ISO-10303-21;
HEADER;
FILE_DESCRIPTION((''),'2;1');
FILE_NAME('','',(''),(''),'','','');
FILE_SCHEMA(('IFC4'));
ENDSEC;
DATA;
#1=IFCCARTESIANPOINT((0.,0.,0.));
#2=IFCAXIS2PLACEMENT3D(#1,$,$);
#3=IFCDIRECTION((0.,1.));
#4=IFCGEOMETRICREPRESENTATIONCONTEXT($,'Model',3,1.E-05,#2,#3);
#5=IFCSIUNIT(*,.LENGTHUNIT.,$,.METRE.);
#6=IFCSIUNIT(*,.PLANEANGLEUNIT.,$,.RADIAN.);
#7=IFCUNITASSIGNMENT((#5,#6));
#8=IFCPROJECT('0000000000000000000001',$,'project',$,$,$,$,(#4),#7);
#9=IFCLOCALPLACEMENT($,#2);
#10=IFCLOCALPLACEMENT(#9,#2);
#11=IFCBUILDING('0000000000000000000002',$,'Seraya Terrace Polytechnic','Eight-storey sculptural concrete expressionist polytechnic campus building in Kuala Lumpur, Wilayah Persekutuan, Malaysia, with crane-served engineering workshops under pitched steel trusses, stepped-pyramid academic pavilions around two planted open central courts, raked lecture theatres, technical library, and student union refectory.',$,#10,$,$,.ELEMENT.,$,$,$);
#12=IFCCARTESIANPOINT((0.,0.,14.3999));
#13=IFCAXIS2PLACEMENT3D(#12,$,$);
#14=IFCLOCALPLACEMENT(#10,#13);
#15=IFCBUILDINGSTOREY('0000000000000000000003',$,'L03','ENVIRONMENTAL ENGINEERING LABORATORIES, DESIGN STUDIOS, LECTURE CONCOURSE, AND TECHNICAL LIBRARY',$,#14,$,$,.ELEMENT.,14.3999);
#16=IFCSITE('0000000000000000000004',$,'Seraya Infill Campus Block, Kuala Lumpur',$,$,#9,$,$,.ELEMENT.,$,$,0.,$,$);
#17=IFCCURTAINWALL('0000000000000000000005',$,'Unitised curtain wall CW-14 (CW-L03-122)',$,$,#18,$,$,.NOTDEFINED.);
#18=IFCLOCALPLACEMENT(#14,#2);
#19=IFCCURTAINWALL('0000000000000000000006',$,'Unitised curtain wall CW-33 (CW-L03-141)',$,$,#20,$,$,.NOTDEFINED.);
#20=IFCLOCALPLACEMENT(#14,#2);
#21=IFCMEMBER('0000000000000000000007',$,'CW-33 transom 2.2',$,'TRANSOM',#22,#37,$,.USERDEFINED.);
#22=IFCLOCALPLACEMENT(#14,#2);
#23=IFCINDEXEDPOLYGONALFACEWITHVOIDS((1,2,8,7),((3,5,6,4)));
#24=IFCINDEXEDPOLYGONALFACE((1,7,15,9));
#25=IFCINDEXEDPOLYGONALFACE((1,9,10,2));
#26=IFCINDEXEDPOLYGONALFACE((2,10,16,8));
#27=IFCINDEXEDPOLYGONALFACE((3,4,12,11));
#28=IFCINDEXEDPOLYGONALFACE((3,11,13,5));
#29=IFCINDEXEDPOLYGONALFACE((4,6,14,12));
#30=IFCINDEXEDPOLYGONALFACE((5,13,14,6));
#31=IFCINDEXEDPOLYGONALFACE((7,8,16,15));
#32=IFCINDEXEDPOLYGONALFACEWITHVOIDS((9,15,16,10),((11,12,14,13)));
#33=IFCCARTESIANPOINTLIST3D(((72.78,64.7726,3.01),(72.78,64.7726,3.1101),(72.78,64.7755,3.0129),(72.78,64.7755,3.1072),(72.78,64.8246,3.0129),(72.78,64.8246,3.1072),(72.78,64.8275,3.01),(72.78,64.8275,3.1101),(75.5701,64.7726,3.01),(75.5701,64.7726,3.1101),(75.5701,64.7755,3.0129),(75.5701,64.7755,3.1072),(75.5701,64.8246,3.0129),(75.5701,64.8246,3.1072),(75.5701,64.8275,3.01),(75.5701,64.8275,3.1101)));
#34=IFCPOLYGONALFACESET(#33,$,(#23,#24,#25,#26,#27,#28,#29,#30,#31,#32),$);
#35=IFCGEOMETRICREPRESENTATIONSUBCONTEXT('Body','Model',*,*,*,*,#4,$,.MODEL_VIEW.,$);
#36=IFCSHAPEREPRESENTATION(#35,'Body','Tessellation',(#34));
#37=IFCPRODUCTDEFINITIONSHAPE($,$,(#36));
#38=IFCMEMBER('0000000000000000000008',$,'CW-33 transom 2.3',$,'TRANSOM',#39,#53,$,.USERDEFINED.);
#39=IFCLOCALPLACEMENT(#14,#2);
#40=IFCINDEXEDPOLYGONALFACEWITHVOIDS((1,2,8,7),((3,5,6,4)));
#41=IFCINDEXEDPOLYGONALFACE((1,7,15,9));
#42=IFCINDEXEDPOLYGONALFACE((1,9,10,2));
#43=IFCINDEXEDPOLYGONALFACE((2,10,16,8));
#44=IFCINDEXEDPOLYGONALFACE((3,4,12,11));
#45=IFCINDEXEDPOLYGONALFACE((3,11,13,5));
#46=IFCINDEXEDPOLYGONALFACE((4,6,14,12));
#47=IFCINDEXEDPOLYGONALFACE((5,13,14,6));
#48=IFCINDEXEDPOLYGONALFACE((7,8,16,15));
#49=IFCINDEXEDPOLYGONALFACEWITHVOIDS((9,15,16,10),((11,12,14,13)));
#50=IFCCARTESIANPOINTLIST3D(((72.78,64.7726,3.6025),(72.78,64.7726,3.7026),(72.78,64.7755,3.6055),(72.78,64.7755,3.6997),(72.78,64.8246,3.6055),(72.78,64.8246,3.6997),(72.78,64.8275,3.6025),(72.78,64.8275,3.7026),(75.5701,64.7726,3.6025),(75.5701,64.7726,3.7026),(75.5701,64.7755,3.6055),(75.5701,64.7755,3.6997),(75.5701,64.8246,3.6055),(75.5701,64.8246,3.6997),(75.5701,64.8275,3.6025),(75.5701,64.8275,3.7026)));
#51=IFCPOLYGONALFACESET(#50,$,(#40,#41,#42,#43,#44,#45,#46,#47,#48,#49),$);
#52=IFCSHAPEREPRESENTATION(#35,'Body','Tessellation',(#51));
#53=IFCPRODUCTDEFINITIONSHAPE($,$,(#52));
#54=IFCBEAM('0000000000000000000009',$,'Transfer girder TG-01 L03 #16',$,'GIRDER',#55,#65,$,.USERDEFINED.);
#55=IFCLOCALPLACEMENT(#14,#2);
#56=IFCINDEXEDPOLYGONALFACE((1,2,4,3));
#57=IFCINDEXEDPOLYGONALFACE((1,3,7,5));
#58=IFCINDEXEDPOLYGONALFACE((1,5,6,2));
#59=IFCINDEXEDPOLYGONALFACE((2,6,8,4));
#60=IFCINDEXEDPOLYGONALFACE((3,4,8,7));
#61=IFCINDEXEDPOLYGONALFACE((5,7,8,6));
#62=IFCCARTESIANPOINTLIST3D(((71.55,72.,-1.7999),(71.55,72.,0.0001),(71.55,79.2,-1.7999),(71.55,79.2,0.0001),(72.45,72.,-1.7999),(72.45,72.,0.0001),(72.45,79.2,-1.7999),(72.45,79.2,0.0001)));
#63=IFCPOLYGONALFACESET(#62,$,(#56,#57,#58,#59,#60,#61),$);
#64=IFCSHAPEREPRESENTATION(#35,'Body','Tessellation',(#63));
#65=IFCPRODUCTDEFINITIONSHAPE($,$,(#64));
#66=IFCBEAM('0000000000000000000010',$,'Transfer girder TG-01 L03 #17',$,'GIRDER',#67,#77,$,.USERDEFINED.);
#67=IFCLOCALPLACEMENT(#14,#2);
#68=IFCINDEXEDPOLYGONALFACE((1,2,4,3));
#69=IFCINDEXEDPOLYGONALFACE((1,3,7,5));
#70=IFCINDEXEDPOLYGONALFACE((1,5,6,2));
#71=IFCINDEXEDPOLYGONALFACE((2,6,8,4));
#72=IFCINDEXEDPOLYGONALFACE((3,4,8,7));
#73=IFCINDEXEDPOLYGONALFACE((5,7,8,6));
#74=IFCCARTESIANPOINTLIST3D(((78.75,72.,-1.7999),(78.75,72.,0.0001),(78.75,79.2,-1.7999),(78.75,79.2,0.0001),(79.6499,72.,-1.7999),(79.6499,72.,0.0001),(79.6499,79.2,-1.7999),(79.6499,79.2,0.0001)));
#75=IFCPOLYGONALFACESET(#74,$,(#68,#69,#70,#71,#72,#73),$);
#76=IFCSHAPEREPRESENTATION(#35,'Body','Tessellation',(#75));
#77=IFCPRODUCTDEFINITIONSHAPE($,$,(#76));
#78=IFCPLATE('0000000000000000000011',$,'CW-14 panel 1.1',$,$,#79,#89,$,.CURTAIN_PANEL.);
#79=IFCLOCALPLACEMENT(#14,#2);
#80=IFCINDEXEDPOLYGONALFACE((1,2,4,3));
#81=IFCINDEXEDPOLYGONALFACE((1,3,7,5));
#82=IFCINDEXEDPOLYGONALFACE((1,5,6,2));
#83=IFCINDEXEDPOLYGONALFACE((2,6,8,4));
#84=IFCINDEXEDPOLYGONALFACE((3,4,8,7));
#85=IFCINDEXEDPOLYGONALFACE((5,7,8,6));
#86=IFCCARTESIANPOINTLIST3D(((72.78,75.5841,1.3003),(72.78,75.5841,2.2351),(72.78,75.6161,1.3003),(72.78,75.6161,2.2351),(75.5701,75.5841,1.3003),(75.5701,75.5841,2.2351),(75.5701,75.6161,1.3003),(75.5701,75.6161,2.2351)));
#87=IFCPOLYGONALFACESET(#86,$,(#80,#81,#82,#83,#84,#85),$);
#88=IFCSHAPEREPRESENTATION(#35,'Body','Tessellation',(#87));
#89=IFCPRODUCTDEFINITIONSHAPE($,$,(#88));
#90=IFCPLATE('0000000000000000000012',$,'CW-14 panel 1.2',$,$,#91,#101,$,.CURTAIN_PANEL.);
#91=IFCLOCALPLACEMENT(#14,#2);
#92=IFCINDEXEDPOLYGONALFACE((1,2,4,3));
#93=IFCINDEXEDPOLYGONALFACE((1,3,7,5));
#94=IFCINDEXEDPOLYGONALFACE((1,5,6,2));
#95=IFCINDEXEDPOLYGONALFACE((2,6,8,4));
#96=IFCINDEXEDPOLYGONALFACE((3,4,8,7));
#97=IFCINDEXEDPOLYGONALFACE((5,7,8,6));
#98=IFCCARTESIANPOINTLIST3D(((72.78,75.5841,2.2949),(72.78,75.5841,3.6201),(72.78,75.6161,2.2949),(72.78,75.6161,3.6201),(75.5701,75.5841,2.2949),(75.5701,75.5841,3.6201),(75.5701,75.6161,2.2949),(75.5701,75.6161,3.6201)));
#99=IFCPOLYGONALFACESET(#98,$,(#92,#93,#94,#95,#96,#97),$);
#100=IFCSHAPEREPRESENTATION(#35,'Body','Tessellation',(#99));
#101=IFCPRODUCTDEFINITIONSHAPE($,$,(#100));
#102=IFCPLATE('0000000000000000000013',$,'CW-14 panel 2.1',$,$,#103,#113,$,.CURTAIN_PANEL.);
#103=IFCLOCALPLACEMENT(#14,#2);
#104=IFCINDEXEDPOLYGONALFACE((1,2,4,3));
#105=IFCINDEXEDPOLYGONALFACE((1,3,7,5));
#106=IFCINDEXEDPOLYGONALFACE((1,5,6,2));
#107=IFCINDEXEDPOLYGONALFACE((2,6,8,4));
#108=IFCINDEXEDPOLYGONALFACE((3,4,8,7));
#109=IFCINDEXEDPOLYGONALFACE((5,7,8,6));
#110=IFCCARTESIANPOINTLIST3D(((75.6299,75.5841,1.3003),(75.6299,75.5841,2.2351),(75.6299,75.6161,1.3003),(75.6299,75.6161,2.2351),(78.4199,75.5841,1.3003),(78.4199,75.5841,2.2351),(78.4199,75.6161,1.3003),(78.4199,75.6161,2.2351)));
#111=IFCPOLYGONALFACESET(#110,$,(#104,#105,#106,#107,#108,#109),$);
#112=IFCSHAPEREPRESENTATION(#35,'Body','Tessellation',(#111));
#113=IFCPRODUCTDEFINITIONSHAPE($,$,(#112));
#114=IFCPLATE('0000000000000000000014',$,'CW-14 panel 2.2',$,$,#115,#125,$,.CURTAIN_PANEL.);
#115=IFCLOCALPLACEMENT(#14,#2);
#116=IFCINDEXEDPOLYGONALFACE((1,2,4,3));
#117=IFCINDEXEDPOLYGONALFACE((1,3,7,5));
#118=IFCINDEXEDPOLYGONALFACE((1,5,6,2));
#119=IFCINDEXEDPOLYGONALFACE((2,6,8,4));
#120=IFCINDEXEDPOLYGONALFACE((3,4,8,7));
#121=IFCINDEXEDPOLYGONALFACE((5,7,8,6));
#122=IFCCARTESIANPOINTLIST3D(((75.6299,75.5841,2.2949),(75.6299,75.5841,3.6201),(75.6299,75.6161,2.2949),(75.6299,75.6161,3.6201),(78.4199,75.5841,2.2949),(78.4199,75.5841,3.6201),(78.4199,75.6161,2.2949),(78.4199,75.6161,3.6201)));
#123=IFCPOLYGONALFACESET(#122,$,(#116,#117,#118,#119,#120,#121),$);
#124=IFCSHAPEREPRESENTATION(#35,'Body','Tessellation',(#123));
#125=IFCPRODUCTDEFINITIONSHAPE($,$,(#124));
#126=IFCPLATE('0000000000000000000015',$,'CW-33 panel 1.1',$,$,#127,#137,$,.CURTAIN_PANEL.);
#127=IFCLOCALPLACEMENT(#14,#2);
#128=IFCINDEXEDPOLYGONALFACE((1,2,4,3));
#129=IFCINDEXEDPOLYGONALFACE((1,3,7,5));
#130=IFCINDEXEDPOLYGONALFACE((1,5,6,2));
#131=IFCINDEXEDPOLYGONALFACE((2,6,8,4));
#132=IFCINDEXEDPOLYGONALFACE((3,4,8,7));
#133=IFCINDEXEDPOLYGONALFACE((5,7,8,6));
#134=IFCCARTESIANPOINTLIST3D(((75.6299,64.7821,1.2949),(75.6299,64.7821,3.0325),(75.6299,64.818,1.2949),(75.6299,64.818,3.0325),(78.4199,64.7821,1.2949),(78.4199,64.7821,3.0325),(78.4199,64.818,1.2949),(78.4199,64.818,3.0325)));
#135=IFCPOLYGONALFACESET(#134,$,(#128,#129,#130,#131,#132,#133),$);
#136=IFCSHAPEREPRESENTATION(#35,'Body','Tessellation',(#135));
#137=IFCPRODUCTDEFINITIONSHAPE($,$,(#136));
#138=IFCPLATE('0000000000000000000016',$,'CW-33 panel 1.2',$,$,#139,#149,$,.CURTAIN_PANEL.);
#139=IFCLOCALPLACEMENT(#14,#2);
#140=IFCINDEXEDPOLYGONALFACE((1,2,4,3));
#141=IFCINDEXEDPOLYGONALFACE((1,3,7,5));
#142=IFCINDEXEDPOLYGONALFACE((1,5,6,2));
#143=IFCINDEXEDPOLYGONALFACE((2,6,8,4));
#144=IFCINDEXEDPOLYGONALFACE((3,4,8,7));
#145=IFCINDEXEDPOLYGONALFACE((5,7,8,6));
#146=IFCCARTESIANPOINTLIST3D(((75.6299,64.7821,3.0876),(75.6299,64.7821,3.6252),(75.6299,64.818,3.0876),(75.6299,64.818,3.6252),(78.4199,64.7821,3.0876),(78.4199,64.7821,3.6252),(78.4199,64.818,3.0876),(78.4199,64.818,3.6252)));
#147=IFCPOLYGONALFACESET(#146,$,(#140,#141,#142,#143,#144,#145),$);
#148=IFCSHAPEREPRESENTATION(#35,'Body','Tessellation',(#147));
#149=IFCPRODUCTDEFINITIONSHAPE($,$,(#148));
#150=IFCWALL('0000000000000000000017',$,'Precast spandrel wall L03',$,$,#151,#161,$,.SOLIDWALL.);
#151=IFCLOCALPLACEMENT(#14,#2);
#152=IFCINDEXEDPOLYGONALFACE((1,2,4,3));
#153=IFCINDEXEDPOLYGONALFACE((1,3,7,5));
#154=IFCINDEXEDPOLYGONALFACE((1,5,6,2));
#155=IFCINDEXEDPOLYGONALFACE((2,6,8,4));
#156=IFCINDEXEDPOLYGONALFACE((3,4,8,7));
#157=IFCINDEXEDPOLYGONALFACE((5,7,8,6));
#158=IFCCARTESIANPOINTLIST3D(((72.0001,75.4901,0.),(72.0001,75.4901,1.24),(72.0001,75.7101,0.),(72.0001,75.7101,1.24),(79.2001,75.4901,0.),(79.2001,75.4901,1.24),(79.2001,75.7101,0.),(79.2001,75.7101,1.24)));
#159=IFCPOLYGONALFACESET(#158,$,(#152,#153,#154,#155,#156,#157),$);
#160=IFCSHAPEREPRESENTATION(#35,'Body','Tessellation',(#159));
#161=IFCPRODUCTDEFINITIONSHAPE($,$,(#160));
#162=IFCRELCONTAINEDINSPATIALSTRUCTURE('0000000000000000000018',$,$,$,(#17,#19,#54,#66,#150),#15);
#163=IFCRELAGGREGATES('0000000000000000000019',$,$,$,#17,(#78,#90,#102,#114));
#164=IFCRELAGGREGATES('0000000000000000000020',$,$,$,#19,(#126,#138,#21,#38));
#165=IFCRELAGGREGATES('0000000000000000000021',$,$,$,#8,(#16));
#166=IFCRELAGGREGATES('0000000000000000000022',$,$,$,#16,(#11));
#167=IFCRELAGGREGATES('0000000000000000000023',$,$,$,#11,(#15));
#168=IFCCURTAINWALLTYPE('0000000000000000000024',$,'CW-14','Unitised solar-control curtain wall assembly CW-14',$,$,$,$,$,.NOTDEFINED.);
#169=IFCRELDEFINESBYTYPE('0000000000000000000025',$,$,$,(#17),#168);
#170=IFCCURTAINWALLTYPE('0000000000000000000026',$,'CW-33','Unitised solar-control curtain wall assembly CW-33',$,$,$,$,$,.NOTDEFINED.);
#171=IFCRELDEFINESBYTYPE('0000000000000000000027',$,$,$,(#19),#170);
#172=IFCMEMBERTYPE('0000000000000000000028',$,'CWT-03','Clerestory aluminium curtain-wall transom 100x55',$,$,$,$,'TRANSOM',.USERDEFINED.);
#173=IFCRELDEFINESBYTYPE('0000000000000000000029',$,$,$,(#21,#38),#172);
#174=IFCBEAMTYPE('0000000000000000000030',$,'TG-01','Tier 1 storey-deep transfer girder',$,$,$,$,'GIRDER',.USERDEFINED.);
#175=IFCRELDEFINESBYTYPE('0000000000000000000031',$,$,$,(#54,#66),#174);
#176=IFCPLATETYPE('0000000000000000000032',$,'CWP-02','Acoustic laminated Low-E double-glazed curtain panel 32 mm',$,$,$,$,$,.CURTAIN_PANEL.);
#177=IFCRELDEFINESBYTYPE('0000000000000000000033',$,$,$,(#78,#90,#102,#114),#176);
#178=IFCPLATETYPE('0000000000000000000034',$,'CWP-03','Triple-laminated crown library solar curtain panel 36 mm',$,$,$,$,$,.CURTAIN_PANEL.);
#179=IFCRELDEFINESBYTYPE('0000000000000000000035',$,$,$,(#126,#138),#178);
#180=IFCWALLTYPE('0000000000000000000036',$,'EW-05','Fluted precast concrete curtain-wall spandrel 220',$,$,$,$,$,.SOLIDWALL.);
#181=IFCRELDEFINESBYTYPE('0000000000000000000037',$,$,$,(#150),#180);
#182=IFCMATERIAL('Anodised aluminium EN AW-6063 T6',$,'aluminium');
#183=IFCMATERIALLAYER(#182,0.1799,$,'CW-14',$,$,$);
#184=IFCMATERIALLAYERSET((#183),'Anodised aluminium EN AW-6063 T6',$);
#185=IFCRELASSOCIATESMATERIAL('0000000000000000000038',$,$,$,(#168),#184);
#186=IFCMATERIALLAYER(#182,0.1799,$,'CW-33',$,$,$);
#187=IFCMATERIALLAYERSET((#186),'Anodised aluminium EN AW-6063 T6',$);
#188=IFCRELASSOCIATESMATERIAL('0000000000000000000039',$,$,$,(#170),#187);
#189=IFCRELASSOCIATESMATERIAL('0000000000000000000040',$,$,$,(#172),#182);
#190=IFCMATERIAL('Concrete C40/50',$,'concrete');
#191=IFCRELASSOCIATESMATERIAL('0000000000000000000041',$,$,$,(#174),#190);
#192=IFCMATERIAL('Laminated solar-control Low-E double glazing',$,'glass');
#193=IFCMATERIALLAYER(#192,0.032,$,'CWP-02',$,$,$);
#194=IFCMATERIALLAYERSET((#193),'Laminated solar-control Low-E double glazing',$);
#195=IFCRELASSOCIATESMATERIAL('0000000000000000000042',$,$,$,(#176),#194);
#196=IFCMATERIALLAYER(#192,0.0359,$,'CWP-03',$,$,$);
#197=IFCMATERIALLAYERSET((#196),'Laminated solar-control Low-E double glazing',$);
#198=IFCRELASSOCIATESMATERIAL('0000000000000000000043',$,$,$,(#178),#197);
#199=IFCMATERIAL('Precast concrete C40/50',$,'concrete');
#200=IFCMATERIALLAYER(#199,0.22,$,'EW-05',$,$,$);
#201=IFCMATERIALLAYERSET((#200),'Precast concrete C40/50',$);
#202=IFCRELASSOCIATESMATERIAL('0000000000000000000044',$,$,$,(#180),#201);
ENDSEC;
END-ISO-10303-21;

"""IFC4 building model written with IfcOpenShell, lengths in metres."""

from ifc_helpers import new_model, si_unit, direction, frame, frame_2d, origin, origin_2d, place, context, subcontext, project, spatial, rectangle, hollow_rectangle, extrude, material, layer, layer_set, material_profile, profile_set, type_object, element, aggregate, save


model = new_model("IFC4")

# Units and contexts
model_context = context("Model", 3, precision=1e-05, world=origin(), true_north=direction((0.0, 1.0)))
body_context = subcontext(model_context, "Body", "Model", "MODEL_VIEW")
ifc_project = project(units=[si_unit("LENGTHUNIT", "METRE"), si_unit("PLANEANGLEUNIT", "RADIAN")], contexts=[model_context])

# Site, building, storey
site_placement = place(None, origin())
site = spatial("IfcSite", under=ifc_project, at=site_placement, Name="Seraya Infill Campus Block, Kuala Lumpur", CompositionType="ELEMENT", RefElevation=0.0)
building_placement = place(site_placement, origin())
building = spatial("IfcBuilding", under=site, at=building_placement, Name="Seraya Terrace Polytechnic", Description="Eight-storey sculptural concrete expressionist polytechnic campus building in Kuala Lumpur, Wilayah Persekutuan, Malaysia, with crane-served engineering workshops under pitched steel trusses, stepped-pyramid academic pavilions around two planted open central courts, raked lecture theatres, technical library, and student union refectory.", CompositionType="ELEMENT")
storey_placement = place(building_placement, frame((0.0, 0.0, 14.3999)))
storey = spatial("IfcBuildingStorey", under=building, at=storey_placement, Name="L03", Description="ENVIRONMENTAL ENGINEERING LABORATORIES, DESIGN STUDIOS, LECTURE CONCOURSE, AND TECHNICAL LIBRARY", CompositionType="ELEMENT", Elevation=14.3999)

# Shared definitions
ifc_material_1 = material(Name="Concrete C40/50", Category="concrete")

# Shared definitions
ifc_material_2 = material(Name="Anodised aluminium EN AW-6063 T6", Category="aluminium")

# Curtain walls
ifc_layer_1 = layer(ifc_material_2, 0.1799, Name="CW-14")
ifc_layer_set_1 = layer_set([ifc_layer_1], Name="Anodised aluminium EN AW-6063 T6")
curtain_wall_type_1 = type_object("IfcCurtainWallType", Name="CW-14", Description="Unitised solar-control curtain wall assembly CW-14", PredefinedType="NOTDEFINED", material=ifc_layer_set_1)
curtain_wall_1_placement = place(storey_placement, origin())
curtain_wall_1 = element("IfcCurtainWall", 1, at=curtain_wall_1_placement, inside=storey, type_object=curtain_wall_type_1, Name="Unitised curtain wall CW-14 (CW-L03-122)", PredefinedType="NOTDEFINED")
ifc_layer_2 = layer(ifc_material_2, 0.1799, Name="CW-33")
ifc_layer_set_2 = layer_set([ifc_layer_2], Name="Anodised aluminium EN AW-6063 T6")
curtain_wall_type_2 = type_object("IfcCurtainWallType", Name="CW-33", Description="Unitised solar-control curtain wall assembly CW-33", PredefinedType="NOTDEFINED", material=ifc_layer_set_2)
curtain_wall_2_placement = place(storey_placement, origin())
curtain_wall_2 = element("IfcCurtainWall", 2, at=curtain_wall_2_placement, inside=storey, type_object=curtain_wall_type_2, Name="Unitised curtain wall CW-33 (CW-L03-141)", PredefinedType="NOTDEFINED")

# Members
ifc_material_profile_1 = material_profile(ifc_material_2, hollow_rectangle(XDim=0.0549, YDim=0.1001, WallThickness=0.0029, at=origin_2d()), Name="RHS 100x55x3.0")
ifc_profile_set_1 = profile_set([ifc_material_profile_1], Name="Anodised aluminium EN AW-6063 T6")
member_type_1 = type_object("IfcMemberType", Name="CWT-03", Description="Clerestory aluminium curtain-wall transom 100x55", ElementType="TRANSOM", PredefinedType="USERDEFINED", material=ifc_profile_set_1)
member_1_placement = place(storey_placement, frame((75.5701, 64.8, 3.0601), z_axis=(-1.0, 0.0, 0.0), x_axis=(0.0, -1.0, 0.0)))
member_1 = element("IfcMember", 3, at=member_1_placement, type_object=member_type_1, Name="CW-33 transom 2.2", ObjectType="TRANSOM", PredefinedType="USERDEFINED", context=body_context, shape_type="SweptSolid", body=[
    extrude(hollow_rectangle(XDim=0.0549, YDim=0.1001, WallThickness=0.0029, at=origin_2d()), origin(), (0.0, 0.0, 1.0), 2.79),
])
member_2_placement = place(storey_placement, frame((75.5701, 64.8, 3.6526), z_axis=(-1.0, 0.0, 0.0), x_axis=(0.0, -1.0, 0.0)))
member_2 = element("IfcMember", 4, at=member_2_placement, type_object=member_type_1, Name="CW-33 transom 2.3", ObjectType="TRANSOM", PredefinedType="USERDEFINED", context=body_context, shape_type="SweptSolid", body=[
    extrude(hollow_rectangle(XDim=0.0549, YDim=0.1001, WallThickness=0.0029, at=origin_2d()), origin(), (0.0, 0.0, 1.0), 2.79),
])

# Beams
ifc_material_profile_2 = material_profile(ifc_material_1, rectangle(XDim=0.8999, YDim=1.8, at=origin_2d()), Name="RC 900x1800")
ifc_profile_set_2 = profile_set([ifc_material_profile_2], Name="Concrete C40/50")
beam_type_1 = type_object("IfcBeamType", Name="TG-01", Description="Tier 1 storey-deep transfer girder", ElementType="GIRDER", PredefinedType="USERDEFINED", material=ifc_profile_set_2)
for number, where, z_axis, x_axis, name in (
    (5, (72.0, 72.0, -0.8999), (0.0, 1.0, 0.0), (-1.0, 0.0, 0.0), "Transfer girder TG-01 L03 #16"),
    (6, (79.2, 72.0, -0.8999), (0.0, 1.0, 0.0), (-1.0, 0.0, 0.0), "Transfer girder TG-01 L03 #17"),
):
    element("IfcBeam", number, at=place(storey_placement, frame(where, z_axis=z_axis, x_axis=x_axis)), inside=storey, type_object=beam_type_1, Name=name, ObjectType="GIRDER", PredefinedType="USERDEFINED", context=body_context, shape_type="SweptSolid", body=[
        extrude(rectangle(XDim=0.8999, YDim=1.8, at=origin_2d()), origin(), (0.0, 0.0, 1.0), 7.2),
    ])

# Plates
ifc_material_3 = material(Name="Laminated solar-control Low-E double glazing", Category="glass")
ifc_layer_3 = layer(ifc_material_3, 0.032, Name="CWP-02")
ifc_layer_set_3 = layer_set([ifc_layer_3], Name="Laminated solar-control Low-E double glazing")
plate_type_1 = type_object("IfcPlateType", Name="CWP-02", Description="Acoustic laminated Low-E double-glazed curtain panel 32 mm", PredefinedType="CURTAIN_PANEL", material=ifc_layer_set_3)
plate_1_placement = place(storey_placement, frame((74.175, 75.6001, 1.3003), z_axis=(0.0, 0.0, 1.0), x_axis=(1.0, 0.0, 0.0)))
plate_1 = element("IfcPlate", 7, at=plate_1_placement, type_object=plate_type_1, Name="CW-14 panel 1.1", PredefinedType="CURTAIN_PANEL", context=body_context, shape_type="SweptSolid", body=[
    extrude(rectangle(XDim=2.79, YDim=0.032, at=origin_2d()), origin(), (0.0, 0.0, 1.0), 0.9348),
])
plate_2_placement = place(storey_placement, frame((74.175, 75.6001, 2.2949), z_axis=(0.0, 0.0, 1.0), x_axis=(1.0, 0.0, 0.0)))
plate_2 = element("IfcPlate", 8, at=plate_2_placement, type_object=plate_type_1, Name="CW-14 panel 1.2", PredefinedType="CURTAIN_PANEL", context=body_context, shape_type="SweptSolid", body=[
    extrude(rectangle(XDim=2.79, YDim=0.032, at=origin_2d()), origin(), (0.0, 0.0, 1.0), 1.3252),
])
plate_3_placement = place(storey_placement, frame((77.0249, 75.6001, 1.3003), z_axis=(0.0, 0.0, 1.0), x_axis=(1.0, 0.0, 0.0)))
plate_3 = element("IfcPlate", 9, at=plate_3_placement, type_object=plate_type_1, Name="CW-14 panel 2.1", PredefinedType="CURTAIN_PANEL", context=body_context, shape_type="SweptSolid", body=[
    extrude(rectangle(XDim=2.79, YDim=0.032, at=origin_2d()), origin(), (0.0, 0.0, 1.0), 0.9348),
])
plate_4_placement = place(storey_placement, frame((77.0249, 75.6001, 2.2949), z_axis=(0.0, 0.0, 1.0), x_axis=(1.0, 0.0, 0.0)))
plate_4 = element("IfcPlate", 10, at=plate_4_placement, type_object=plate_type_1, Name="CW-14 panel 2.2", PredefinedType="CURTAIN_PANEL", context=body_context, shape_type="SweptSolid", body=[
    extrude(rectangle(XDim=2.79, YDim=0.032, at=origin_2d()), origin(), (0.0, 0.0, 1.0), 1.3252),
])
aggregate(curtain_wall_1, [plate_1, plate_2, plate_3, plate_4])
ifc_layer_4 = layer(ifc_material_3, 0.0359, Name="CWP-03")
ifc_layer_set_4 = layer_set([ifc_layer_4], Name="Laminated solar-control Low-E double glazing")
plate_type_2 = type_object("IfcPlateType", Name="CWP-03", Description="Triple-laminated crown library solar curtain panel 36 mm", PredefinedType="CURTAIN_PANEL", material=ifc_layer_set_4)
plate_5_placement = place(storey_placement, frame((77.0249, 64.8, 1.2949), z_axis=(0.0, 0.0, 1.0), x_axis=(-1.0, 0.0, 0.0)))
plate_5 = element("IfcPlate", 11, at=plate_5_placement, type_object=plate_type_2, Name="CW-33 panel 1.1", PredefinedType="CURTAIN_PANEL", context=body_context, shape_type="SweptSolid", body=[
    extrude(rectangle(XDim=2.79, YDim=0.0359, at=origin_2d()), origin(), (0.0, 0.0, 1.0), 1.7375),
])
plate_6_placement = place(storey_placement, frame((77.0249, 64.8, 3.0876), z_axis=(0.0, 0.0, 1.0), x_axis=(-1.0, 0.0, 0.0)))
plate_6 = element("IfcPlate", 12, at=plate_6_placement, type_object=plate_type_2, Name="CW-33 panel 1.2", PredefinedType="CURTAIN_PANEL", context=body_context, shape_type="SweptSolid", body=[
    extrude(rectangle(XDim=2.79, YDim=0.0359, at=origin_2d()), origin(), (0.0, 0.0, 1.0), 0.5376),
])
aggregate(curtain_wall_2, [plate_5, plate_6, member_1, member_2])

# Wall
ifc_material_4 = material(Name="Precast concrete C40/50", Category="concrete")
ifc_layer_5 = layer(ifc_material_4, 0.22, Name="EW-05")
ifc_layer_set_5 = layer_set([ifc_layer_5], Name="Precast concrete C40/50")
wall_type_1 = type_object("IfcWallType", Name="EW-05", Description="Fluted precast concrete curtain-wall spandrel 220", PredefinedType="SOLIDWALL", material=ifc_layer_set_5)
wall_1_placement = place(storey_placement, frame((72.0, 75.6001, 0.0), z_axis=(0.0, 0.0, 1.0), x_axis=(1.0, 0.0, 0.0)))
element("IfcWall", 13, at=wall_1_placement, inside=storey, type_object=wall_type_1, Name="Precast spandrel wall L03", PredefinedType="SOLIDWALL", context=body_context, shape_type="SweptSolid", body=[
    extrude(rectangle(XDim=7.2, YDim=0.22, at=frame_2d((3.6001, 0.0))), origin(), (0.0, 0.0, 1.0), 1.24),
])

save(model, "model.ifc")
